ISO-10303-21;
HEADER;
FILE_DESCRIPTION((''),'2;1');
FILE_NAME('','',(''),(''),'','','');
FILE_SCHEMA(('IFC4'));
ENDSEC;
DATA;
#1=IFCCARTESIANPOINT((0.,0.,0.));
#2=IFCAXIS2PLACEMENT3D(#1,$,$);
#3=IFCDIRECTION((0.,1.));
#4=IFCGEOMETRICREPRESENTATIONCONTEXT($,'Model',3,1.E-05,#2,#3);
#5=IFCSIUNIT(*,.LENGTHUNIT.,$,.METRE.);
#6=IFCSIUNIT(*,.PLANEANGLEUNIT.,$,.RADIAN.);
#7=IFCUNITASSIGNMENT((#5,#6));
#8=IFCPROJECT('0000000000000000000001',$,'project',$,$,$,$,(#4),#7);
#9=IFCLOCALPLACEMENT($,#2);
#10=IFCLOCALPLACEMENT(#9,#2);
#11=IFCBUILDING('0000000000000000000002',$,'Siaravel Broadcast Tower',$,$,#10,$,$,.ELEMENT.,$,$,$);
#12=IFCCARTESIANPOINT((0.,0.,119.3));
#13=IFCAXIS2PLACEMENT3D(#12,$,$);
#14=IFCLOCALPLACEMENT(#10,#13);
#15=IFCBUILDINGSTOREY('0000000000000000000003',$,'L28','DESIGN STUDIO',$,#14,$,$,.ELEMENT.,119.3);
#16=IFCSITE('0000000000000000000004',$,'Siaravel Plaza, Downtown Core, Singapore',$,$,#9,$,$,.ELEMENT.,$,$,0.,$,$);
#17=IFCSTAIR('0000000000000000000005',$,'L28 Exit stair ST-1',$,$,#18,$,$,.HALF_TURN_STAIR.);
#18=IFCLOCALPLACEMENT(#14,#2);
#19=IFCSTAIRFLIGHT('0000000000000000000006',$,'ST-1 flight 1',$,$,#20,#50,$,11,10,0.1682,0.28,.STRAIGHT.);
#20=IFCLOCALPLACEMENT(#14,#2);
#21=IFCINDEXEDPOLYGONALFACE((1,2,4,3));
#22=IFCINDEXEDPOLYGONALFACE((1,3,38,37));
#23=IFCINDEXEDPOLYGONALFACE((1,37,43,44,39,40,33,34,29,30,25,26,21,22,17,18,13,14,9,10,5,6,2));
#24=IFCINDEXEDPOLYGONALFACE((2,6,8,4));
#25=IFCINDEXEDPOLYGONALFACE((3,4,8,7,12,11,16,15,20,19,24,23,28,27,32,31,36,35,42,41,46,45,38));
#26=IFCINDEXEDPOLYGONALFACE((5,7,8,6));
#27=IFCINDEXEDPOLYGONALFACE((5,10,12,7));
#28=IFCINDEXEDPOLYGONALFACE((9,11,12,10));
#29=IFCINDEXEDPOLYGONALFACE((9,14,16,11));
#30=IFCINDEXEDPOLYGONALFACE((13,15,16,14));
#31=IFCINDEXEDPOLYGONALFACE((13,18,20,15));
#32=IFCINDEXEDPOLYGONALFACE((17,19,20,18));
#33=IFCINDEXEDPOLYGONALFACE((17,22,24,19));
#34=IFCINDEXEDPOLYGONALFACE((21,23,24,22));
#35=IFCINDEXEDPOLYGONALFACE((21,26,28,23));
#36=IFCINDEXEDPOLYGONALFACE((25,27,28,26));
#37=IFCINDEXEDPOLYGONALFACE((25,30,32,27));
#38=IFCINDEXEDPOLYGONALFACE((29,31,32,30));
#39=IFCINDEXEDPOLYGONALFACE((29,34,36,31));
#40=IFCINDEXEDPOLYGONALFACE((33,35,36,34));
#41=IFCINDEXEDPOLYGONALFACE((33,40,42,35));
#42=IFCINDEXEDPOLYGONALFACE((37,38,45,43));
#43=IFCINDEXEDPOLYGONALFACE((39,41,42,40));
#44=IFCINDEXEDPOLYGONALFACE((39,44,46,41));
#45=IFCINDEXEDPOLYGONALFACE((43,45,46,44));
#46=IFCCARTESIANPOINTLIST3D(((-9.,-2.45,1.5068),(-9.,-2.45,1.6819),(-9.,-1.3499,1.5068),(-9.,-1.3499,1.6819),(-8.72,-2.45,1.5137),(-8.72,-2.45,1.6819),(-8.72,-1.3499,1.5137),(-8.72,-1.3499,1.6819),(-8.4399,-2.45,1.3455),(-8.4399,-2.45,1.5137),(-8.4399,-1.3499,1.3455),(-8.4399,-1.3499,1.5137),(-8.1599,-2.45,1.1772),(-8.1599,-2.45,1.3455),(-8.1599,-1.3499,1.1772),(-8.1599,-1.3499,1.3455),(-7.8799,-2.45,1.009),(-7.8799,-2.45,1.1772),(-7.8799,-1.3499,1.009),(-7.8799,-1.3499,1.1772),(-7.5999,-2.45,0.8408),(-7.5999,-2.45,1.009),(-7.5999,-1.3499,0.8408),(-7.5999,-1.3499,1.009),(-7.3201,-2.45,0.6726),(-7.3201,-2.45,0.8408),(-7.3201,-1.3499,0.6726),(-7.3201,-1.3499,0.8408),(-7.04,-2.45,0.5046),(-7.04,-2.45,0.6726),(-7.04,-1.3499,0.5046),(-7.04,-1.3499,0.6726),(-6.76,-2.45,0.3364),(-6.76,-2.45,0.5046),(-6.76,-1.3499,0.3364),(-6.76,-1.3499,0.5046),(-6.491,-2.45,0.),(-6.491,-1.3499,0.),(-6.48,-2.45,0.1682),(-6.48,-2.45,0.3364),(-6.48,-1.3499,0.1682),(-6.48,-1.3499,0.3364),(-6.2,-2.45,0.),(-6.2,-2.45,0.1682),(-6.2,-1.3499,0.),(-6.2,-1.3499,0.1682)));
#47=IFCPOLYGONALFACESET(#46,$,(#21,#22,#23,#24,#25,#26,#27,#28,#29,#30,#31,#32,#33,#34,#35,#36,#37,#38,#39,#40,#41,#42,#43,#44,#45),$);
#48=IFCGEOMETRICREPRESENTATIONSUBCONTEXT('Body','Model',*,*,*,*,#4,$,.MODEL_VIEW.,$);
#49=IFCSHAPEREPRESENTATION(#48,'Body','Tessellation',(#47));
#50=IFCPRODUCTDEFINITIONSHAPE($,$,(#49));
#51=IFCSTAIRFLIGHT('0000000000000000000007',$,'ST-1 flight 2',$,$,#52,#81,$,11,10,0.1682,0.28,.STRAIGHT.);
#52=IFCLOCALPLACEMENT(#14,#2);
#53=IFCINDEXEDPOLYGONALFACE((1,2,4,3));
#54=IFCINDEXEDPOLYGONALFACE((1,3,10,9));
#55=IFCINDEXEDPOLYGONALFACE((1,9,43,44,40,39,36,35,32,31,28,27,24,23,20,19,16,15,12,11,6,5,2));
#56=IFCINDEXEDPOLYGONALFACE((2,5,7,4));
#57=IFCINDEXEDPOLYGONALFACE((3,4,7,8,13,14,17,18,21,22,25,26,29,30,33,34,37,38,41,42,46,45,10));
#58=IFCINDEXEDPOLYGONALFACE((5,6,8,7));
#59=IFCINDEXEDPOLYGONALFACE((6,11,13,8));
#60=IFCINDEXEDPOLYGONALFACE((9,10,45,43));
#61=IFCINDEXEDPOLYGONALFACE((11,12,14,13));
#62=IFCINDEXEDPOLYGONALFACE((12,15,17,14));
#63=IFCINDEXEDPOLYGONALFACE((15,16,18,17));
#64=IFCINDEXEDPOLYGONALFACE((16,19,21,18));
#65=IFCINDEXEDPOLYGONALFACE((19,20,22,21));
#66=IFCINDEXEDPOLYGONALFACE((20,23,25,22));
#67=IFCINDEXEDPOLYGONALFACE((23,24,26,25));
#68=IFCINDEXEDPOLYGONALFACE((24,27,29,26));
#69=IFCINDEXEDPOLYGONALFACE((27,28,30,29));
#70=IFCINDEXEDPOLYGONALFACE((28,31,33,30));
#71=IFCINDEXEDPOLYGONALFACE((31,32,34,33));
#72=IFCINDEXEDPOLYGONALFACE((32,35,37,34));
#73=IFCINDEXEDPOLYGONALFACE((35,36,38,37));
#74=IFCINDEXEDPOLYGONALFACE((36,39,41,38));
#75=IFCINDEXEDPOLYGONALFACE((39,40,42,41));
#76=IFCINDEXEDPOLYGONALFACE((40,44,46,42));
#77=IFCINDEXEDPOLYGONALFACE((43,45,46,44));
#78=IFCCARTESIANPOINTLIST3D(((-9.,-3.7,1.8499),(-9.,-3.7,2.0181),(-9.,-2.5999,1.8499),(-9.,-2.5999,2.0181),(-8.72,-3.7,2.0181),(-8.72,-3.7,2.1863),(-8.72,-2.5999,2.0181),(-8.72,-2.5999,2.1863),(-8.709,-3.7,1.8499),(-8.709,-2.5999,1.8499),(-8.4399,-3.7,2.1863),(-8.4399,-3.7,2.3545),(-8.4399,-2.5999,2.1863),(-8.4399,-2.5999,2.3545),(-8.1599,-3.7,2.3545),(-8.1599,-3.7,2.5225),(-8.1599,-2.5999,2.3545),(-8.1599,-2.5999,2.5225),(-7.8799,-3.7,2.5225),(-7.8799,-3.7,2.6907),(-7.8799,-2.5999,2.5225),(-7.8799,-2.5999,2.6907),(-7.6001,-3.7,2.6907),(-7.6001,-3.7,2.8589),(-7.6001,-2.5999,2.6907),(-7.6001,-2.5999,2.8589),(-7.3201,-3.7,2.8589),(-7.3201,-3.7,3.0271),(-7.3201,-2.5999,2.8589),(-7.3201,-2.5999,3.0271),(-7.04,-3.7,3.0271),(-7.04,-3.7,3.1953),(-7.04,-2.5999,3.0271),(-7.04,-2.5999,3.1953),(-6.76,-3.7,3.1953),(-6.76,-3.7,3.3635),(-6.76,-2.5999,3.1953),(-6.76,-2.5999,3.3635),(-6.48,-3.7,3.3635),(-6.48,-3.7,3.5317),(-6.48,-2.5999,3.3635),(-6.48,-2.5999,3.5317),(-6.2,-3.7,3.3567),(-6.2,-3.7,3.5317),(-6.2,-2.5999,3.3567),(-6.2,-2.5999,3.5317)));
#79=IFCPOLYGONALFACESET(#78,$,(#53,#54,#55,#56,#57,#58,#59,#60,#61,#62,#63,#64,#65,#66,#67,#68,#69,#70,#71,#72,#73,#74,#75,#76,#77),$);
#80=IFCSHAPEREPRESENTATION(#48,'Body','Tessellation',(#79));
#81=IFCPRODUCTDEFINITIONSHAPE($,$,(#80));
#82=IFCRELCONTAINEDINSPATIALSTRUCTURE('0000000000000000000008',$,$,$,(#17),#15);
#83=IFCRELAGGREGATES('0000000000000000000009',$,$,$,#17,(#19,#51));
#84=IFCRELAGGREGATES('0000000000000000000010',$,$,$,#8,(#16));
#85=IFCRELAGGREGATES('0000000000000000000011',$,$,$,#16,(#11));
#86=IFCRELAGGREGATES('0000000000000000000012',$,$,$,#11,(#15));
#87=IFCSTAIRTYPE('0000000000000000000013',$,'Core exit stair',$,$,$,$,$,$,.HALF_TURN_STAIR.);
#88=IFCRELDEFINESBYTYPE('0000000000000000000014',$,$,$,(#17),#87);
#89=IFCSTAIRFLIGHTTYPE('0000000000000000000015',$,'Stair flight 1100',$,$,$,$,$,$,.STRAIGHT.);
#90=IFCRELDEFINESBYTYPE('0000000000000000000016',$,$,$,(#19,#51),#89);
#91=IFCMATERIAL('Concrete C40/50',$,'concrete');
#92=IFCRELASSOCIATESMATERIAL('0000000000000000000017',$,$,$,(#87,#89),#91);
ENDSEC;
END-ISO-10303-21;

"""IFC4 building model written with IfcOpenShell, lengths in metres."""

from ifc_helpers import new_model, si_unit, direction, frame, origin, place, context, subcontext, project, spatial, polyline, outline, extrude, material, type_object, element, aggregate, save


model = new_model("IFC4")

# Units and contexts
model_context = context("Model", 3, precision=1e-05, world=origin(), true_north=direction((0.0, 1.0)))
body_context = subcontext(model_context, "Body", "Model", "MODEL_VIEW")
ifc_project = project(units=[si_unit("LENGTHUNIT", "METRE"), si_unit("PLANEANGLEUNIT", "RADIAN")], contexts=[model_context])

# Site, building, storey
site_placement = place(None, origin())
site = spatial("IfcSite", under=ifc_project, at=site_placement, Name="Siaravel Plaza, Downtown Core, Singapore", CompositionType="ELEMENT", RefElevation=0.0)
building_placement = place(site_placement, origin())
building = spatial("IfcBuilding", under=site, at=building_placement, Name="Siaravel Broadcast Tower", CompositionType="ELEMENT")
storey_placement = place(building_placement, frame((0.0, 0.0, 119.3)))
storey = spatial("IfcBuildingStorey", under=building, at=storey_placement, Name="L28", Description="DESIGN STUDIO", CompositionType="ELEMENT", Elevation=119.3)

# Stair, stair flights
ifc_material_1 = material(Name="Concrete C40/50", Category="concrete")
stair_type = type_object("IfcStairType", Name="Core exit stair", PredefinedType="HALF_TURN_STAIR", material=ifc_material_1)
stair_placement = place(storey_placement, origin())
stair = element("IfcStair", 1, at=stair_placement, inside=storey, type_object=stair_type, Name="L28 Exit stair ST-1", PredefinedType="HALF_TURN_STAIR")
stair_flight_type = type_object("IfcStairFlightType", Name="Stair flight 1100", PredefinedType="STRAIGHT", material=ifc_material_1)
stair_flight_1_placement = place(storey_placement, frame((-6.2, -1.8999, 0.0), z_axis=(0.0, 0.0, 1.0), x_axis=(-1.0, 0.0, 0.0)))
stair_flight_1 = element("IfcStairFlight", 2, at=stair_flight_1_placement, type_object=stair_flight_type, Name="ST-1 flight 1", NumberOfRisers=11, NumberOfTreads=10, PredefinedType="STRAIGHT", RiserHeight=0.1682, TreadLength=0.28, context=body_context, shape_type="SweptSolid", body=[
    extrude(outline(polyline([(0.0, 0.0), (0.0, 0.1682), (0.28, 0.1682), (0.28, 0.3364), (0.5601, 0.3364), (0.5601, 0.5046), (0.8401, 0.5046), (0.8401, 0.6726), (1.1201, 0.6726), (1.1201, 0.8408), (1.3999, 0.8408), (1.3999, 1.009), (1.6799, 1.009), (1.6799, 1.1772), (1.96, 1.1772), (1.96, 1.3455), (2.24, 1.3455), (2.24, 1.5137), (2.52, 1.5137), (2.52, 1.6819), (2.8, 1.6819), (2.8, 1.8501), (2.8, 1.5068), (0.291, 0.0), (0.0, 0.0)])), frame((0.0, 0.55, 0.0), z_axis=(0.0, -1.0, 0.0), x_axis=(1.0, 0.0, 0.0)), (0.0, 0.0, 1.0), 1.1001),
])
stair_flight_2_placement = place(storey_placement, frame((-9.0, -3.1499, 1.8499), z_axis=(0.0, 0.0, 1.0), x_axis=(1.0, 0.0, 0.0)))
stair_flight_2 = element("IfcStairFlight", 3, at=stair_flight_2_placement, type_object=stair_flight_type, Name="ST-1 flight 2", NumberOfRisers=11, NumberOfTreads=10, PredefinedType="STRAIGHT", RiserHeight=0.1682, TreadLength=0.28, context=body_context, shape_type="SweptSolid", body=[
    extrude(outline(polyline([(0.0, 0.0), (0.0, 0.1682), (0.28, 0.1682), (0.28, 0.3364), (0.5601, 0.3364), (0.5601, 0.5046), (0.8401, 0.5046), (0.8401, 0.6726), (1.1201, 0.6726), (1.1201, 0.8408), (1.3999, 0.8408), (1.3999, 1.009), (1.6799, 1.009), (1.6799, 1.1772), (1.96, 1.1772), (1.96, 1.3455), (2.24, 1.3455), (2.24, 1.5137), (2.52, 1.5137), (2.52, 1.6819), (2.8, 1.6819), (2.8, 1.8501), (2.8, 1.5068), (0.291, 0.0), (0.0, 0.0)])), frame((0.0, 0.55, 0.0), z_axis=(0.0, -1.0, 0.0), x_axis=(1.0, 0.0, 0.0)), (0.0, 0.0, 1.0), 1.1001),
])
aggregate(stair, [stair_flight_1, stair_flight_2])

save(model, "model.ifc")
